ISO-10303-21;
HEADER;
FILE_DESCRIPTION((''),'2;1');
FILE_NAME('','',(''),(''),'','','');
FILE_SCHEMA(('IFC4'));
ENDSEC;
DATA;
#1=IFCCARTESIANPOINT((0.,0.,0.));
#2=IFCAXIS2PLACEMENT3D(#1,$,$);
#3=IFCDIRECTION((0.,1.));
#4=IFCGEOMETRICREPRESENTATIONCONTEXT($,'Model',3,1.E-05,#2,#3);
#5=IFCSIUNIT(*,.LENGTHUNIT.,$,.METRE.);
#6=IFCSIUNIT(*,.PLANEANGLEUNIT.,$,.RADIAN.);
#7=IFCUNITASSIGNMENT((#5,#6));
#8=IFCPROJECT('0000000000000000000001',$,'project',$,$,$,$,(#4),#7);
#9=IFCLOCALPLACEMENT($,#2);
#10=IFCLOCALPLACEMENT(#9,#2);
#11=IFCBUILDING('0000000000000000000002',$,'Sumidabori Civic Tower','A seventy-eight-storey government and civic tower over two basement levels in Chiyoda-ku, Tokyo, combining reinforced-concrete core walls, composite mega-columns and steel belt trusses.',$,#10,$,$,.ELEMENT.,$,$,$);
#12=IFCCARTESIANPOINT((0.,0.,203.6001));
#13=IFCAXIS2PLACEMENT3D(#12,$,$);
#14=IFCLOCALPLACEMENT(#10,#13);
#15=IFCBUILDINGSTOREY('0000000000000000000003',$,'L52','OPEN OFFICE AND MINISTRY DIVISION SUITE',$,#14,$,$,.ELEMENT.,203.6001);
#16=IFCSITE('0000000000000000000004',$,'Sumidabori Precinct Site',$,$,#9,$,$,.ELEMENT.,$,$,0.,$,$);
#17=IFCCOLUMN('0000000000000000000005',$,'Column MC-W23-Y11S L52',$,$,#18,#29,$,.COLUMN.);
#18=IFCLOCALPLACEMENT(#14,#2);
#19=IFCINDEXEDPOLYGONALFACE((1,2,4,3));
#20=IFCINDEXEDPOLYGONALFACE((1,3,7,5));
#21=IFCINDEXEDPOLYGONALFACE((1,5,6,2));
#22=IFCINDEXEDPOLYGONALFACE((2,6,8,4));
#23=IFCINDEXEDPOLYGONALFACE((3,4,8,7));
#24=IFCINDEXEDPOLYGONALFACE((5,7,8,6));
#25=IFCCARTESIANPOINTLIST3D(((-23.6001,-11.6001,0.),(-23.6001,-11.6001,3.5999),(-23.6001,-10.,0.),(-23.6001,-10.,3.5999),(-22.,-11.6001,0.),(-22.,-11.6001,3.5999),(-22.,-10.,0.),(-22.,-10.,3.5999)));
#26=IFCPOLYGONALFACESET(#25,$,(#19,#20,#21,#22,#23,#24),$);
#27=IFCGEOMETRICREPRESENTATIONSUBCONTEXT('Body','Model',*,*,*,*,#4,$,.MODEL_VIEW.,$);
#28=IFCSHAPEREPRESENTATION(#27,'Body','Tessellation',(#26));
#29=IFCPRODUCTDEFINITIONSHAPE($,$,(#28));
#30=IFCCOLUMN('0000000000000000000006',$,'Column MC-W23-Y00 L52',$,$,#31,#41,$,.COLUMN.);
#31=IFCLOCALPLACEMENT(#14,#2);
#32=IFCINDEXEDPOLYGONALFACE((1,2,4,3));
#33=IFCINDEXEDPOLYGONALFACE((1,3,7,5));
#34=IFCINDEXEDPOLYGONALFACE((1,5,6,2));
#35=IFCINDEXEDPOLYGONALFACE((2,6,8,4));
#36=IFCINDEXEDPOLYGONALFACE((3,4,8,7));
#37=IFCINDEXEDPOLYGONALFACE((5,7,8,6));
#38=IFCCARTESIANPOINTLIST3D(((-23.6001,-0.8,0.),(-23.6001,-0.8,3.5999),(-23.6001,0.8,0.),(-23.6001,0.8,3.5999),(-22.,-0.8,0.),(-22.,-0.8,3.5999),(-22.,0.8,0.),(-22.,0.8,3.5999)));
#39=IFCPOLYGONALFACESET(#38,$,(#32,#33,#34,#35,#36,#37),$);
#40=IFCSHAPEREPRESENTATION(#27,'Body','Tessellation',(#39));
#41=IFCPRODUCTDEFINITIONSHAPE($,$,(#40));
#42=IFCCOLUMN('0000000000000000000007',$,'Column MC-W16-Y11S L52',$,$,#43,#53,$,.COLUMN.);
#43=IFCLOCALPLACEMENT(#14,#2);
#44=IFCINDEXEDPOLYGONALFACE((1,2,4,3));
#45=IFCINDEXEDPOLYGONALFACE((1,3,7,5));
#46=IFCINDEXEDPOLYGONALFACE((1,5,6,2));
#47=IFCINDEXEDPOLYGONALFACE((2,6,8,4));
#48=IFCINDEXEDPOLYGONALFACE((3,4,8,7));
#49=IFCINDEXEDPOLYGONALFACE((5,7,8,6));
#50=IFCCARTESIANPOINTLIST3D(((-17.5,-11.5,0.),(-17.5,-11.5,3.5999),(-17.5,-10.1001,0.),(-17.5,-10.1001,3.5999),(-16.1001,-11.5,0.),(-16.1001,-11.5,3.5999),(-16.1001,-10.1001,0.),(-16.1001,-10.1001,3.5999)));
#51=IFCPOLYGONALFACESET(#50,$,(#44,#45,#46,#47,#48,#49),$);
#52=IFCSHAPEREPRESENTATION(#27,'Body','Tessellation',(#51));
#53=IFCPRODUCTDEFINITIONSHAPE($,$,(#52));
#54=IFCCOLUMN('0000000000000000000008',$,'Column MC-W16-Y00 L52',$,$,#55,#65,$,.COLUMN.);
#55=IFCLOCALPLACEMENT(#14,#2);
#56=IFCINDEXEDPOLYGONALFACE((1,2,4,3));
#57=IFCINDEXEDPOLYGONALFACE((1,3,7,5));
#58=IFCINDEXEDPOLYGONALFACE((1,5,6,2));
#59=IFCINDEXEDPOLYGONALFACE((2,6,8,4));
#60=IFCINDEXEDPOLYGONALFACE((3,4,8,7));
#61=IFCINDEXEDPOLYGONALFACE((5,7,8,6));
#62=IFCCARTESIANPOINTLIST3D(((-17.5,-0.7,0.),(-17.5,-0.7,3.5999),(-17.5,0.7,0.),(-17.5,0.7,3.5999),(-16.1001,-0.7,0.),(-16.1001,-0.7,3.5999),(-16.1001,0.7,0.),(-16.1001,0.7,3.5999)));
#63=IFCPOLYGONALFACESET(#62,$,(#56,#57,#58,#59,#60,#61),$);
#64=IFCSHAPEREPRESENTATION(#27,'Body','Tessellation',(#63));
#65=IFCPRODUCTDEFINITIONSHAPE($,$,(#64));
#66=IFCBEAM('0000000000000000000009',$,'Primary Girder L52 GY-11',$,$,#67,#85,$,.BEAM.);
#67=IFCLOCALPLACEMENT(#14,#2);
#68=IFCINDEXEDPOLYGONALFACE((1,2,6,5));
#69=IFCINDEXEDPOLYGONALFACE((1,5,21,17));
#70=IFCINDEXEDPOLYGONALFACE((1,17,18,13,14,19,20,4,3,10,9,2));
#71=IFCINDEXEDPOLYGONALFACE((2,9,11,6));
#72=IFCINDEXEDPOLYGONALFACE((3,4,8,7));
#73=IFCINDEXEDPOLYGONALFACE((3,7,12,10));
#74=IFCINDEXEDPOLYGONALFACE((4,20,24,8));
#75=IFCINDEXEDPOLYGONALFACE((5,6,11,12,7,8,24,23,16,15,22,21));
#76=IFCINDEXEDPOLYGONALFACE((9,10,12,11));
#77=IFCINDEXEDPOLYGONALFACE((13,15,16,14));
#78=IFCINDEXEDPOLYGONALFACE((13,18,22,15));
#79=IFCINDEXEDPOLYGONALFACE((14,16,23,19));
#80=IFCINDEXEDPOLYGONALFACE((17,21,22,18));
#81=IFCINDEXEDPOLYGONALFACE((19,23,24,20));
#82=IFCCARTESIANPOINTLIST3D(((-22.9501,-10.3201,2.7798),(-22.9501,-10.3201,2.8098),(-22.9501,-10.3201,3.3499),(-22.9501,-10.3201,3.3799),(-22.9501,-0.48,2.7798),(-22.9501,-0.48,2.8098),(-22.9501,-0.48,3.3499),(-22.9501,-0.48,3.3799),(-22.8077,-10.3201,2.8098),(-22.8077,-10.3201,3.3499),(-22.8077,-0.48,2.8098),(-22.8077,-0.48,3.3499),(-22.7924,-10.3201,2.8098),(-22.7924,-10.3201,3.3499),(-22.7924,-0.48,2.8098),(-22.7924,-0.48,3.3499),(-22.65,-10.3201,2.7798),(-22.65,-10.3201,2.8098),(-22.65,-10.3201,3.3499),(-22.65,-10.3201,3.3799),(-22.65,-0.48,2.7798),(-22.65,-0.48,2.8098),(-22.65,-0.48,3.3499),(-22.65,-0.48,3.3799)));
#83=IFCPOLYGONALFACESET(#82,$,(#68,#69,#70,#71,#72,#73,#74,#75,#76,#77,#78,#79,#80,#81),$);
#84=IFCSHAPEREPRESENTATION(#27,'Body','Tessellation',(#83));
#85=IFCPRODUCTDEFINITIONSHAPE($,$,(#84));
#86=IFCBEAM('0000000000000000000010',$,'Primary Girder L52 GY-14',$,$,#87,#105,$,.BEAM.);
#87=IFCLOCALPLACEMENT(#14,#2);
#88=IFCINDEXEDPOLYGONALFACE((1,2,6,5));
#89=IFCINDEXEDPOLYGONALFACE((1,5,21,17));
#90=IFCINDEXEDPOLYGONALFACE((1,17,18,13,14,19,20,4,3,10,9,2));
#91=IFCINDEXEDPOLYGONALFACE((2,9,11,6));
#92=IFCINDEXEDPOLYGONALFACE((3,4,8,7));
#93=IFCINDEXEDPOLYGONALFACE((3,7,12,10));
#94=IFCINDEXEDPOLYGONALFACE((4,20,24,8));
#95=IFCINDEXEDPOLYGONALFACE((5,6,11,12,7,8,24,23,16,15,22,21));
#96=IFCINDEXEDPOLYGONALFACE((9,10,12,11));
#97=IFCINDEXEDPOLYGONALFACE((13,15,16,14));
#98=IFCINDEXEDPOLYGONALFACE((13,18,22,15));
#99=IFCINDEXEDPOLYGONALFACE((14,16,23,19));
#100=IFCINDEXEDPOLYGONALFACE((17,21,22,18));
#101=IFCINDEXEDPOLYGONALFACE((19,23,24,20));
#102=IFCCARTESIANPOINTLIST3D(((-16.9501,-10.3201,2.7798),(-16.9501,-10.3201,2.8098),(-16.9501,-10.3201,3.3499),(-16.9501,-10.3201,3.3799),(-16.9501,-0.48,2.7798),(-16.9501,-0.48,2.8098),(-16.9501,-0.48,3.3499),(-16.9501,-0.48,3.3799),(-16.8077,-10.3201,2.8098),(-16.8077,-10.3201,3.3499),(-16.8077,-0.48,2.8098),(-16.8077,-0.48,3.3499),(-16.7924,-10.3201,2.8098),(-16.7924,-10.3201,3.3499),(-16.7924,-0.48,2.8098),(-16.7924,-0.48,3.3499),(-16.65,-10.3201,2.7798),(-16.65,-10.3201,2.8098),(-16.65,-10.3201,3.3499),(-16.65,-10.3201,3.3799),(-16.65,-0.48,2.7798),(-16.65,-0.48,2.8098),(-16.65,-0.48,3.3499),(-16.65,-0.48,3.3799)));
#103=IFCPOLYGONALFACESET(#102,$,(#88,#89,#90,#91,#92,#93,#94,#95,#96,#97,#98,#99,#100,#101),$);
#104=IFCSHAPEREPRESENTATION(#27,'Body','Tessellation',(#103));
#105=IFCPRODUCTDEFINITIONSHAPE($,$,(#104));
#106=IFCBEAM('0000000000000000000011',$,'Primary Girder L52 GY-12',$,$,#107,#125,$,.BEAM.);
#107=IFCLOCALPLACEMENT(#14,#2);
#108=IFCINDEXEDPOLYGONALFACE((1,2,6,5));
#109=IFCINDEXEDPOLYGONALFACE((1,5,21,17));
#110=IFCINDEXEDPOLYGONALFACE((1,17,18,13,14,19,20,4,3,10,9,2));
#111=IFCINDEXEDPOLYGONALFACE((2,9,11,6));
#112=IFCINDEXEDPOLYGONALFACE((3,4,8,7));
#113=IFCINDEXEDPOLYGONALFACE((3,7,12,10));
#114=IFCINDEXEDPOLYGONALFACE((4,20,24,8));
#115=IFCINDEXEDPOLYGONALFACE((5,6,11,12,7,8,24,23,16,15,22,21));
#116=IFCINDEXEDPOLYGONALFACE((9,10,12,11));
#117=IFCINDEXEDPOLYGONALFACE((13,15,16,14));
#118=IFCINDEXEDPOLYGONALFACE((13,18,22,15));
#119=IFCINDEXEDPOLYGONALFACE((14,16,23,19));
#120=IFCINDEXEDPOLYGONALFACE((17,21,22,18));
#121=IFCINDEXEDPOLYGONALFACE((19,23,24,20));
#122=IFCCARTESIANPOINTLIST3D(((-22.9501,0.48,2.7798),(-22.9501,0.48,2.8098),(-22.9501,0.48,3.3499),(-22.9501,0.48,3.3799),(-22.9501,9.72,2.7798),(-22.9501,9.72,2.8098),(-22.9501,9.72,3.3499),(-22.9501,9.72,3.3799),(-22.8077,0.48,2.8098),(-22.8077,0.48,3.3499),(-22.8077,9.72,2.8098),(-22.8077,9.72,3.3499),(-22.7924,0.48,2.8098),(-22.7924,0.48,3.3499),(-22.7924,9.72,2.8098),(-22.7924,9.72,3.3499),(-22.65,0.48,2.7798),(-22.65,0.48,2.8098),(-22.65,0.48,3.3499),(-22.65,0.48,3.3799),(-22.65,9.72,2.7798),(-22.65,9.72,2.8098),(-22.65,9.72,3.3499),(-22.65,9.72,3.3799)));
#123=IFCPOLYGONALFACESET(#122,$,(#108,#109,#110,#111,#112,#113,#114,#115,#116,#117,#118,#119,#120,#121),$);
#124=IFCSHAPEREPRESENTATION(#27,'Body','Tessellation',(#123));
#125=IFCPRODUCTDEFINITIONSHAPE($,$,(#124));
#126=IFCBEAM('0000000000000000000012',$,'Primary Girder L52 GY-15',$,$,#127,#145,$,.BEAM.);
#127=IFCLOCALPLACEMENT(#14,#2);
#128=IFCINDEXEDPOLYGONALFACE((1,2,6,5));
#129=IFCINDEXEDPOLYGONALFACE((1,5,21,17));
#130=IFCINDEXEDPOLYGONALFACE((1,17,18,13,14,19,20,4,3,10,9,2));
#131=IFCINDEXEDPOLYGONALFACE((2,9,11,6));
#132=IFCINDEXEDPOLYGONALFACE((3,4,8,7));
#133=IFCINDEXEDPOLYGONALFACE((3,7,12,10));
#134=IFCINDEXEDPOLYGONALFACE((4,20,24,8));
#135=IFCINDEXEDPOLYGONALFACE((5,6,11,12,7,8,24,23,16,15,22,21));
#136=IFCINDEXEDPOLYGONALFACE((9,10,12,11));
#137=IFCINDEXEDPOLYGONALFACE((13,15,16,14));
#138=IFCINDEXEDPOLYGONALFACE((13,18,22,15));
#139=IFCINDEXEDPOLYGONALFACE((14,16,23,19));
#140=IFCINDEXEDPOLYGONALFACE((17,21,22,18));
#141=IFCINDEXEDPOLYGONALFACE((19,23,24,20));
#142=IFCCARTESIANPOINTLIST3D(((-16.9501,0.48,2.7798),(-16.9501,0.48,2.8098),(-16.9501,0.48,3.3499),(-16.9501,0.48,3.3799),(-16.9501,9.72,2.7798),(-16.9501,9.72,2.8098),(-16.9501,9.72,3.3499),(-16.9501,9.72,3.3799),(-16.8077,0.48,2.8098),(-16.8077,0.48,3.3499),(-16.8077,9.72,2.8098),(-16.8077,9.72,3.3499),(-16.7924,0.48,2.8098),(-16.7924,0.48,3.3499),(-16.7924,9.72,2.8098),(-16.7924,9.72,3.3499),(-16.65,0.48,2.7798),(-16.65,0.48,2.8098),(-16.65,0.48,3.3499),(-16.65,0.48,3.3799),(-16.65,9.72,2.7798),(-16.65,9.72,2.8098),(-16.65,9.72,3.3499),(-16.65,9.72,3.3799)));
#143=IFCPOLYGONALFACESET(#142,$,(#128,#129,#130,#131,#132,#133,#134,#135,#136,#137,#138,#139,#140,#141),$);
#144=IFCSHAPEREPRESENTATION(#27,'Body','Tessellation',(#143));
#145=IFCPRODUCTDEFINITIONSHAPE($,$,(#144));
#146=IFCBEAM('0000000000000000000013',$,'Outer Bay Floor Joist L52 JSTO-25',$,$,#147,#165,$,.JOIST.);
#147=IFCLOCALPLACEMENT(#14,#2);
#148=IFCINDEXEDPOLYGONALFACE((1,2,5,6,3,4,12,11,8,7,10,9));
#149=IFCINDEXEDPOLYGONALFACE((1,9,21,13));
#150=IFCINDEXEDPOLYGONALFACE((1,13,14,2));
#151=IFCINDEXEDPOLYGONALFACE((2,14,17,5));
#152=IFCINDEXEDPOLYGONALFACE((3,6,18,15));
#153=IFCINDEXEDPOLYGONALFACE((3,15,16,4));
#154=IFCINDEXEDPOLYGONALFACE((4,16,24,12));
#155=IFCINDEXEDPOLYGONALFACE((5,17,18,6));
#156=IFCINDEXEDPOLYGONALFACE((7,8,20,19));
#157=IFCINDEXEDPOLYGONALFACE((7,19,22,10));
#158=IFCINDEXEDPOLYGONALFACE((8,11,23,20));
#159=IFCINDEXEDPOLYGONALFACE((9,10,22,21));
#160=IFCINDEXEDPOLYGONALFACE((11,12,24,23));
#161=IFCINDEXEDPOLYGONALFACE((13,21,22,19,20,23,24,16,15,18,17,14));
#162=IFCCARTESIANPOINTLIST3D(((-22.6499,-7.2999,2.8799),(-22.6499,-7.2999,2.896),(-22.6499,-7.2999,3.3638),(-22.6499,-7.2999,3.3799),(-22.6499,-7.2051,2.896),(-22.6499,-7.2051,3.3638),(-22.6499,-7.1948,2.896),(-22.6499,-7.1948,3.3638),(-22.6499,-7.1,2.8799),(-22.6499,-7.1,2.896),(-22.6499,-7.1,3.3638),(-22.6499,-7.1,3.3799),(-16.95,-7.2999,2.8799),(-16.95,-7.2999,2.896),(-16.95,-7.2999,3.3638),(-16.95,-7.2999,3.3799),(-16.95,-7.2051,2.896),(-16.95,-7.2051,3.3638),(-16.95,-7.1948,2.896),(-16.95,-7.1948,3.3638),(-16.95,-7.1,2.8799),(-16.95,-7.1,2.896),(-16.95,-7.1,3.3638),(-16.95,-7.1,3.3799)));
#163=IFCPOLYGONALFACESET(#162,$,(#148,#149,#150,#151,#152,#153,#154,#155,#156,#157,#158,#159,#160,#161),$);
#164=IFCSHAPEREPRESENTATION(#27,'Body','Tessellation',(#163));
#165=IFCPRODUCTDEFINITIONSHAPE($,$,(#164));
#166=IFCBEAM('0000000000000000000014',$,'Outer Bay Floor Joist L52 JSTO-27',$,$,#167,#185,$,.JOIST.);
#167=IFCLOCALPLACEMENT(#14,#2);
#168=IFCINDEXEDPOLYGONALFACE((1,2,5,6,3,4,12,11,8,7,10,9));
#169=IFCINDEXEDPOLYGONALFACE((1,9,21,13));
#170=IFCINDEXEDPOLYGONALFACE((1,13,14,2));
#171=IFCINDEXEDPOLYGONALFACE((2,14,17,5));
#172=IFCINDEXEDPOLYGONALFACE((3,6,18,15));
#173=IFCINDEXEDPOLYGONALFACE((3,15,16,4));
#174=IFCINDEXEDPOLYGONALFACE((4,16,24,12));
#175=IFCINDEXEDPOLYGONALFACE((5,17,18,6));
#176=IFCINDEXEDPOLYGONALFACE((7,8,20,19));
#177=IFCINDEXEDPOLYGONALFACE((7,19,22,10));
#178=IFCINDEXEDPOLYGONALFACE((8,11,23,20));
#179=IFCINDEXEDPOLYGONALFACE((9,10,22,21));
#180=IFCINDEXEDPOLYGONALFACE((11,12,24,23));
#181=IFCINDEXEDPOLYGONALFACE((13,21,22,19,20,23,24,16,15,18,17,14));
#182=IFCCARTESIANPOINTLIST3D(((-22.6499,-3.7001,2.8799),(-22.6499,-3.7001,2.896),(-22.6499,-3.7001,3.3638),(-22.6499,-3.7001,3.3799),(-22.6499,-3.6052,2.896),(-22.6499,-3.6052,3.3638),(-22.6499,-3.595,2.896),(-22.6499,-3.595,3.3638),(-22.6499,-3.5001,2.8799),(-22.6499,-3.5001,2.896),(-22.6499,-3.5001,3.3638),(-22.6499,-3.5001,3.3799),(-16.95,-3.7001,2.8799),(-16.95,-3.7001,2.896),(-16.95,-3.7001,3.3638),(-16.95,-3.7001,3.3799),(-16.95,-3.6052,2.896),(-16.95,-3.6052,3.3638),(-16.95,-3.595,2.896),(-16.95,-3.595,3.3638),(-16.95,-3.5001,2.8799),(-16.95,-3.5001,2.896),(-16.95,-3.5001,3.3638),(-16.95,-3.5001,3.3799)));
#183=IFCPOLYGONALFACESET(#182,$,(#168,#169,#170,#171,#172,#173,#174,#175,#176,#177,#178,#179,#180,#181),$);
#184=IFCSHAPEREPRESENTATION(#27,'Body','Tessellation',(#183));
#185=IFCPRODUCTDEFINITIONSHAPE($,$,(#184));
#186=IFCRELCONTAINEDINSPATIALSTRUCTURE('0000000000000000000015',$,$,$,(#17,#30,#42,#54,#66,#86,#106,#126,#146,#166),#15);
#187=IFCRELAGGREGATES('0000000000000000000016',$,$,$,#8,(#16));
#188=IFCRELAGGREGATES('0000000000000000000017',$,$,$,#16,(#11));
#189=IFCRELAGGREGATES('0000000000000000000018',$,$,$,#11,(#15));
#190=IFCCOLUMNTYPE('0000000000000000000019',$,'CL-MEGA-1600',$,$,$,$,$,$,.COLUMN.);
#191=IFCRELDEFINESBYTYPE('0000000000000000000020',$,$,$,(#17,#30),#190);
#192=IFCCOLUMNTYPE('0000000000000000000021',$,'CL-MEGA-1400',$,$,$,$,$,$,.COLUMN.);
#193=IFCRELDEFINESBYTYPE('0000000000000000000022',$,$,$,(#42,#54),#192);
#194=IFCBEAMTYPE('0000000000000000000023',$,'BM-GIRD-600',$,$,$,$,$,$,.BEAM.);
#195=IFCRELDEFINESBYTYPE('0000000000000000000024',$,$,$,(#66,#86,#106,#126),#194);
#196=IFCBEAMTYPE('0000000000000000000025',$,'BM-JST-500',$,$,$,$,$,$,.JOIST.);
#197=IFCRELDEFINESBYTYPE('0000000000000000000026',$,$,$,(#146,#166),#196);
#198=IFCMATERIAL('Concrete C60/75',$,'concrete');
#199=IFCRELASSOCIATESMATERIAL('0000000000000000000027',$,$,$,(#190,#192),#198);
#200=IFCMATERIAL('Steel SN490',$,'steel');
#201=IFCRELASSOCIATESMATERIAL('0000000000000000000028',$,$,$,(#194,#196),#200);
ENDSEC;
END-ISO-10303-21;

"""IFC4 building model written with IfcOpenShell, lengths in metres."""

from ifc_helpers import new_model, si_unit, direction, frame, origin, origin_2d, place, context, subcontext, project, spatial, rectangle, i_section, extrude, source, transform, mapped, material, material_profile, profile_set, type_object, element, save


model = new_model("IFC4")

# Units and contexts
model_context = context("Model", 3, precision=1e-05, world=origin(), true_north=direction((0.0, 1.0)))
body_context = subcontext(model_context, "Body", "Model", "MODEL_VIEW")
ifc_project = project(units=[si_unit("LENGTHUNIT", "METRE"), si_unit("PLANEANGLEUNIT", "RADIAN")], contexts=[model_context])

# Site, building, storey
site_placement = place(None, origin())
site = spatial("IfcSite", under=ifc_project, at=site_placement, Name="Sumidabori Precinct Site", CompositionType="ELEMENT", RefElevation=0.0)
building_placement = place(site_placement, origin())
building = spatial("IfcBuilding", under=site, at=building_placement, Name="Sumidabori Civic Tower", Description="A seventy-eight-storey government and civic tower over two basement levels in Chiyoda-ku, Tokyo, combining reinforced-concrete core walls, composite mega-columns and steel belt trusses.", CompositionType="ELEMENT")
storey_placement = place(building_placement, frame((0.0, 0.0, 203.6001)))
storey = spatial("IfcBuildingStorey", under=building, at=storey_placement, Name="L52", Description="OPEN OFFICE AND MINISTRY DIVISION SUITE", CompositionType="ELEMENT", Elevation=203.6001)

# Columns
ifc_material_1 = material(Name="Concrete C60/75", Category="concrete")
ifc_material_profile_1 = material_profile(ifc_material_1, rectangle(XDim=1.6001, YDim=1.6001, at=origin_2d()), Name="RC 1600x1600")
ifc_profile_set_1 = profile_set([ifc_material_profile_1], Name="Concrete C60/75")
column_type_1 = type_object("IfcColumnType", Name="CL-MEGA-1600", PredefinedType="COLUMN", material=ifc_profile_set_1)
shared_shape_1 = source(origin(), body_context, "Body", "SweptSolid", [
    extrude(rectangle(XDim=1.6001, YDim=1.6001, at=origin_2d()), origin(), (0.0, 0.0, 1.0), 3.5999),
])
for number, where, z_axis, x_axis, name in (
    (1, (-22.8, -10.8, 0.0), (0.0, 0.0, 1.0), (1.0, 0.0, 0.0), "Column MC-W23-Y11S L52"),
    (2, (-22.8, 0.0, 0.0), (0.0, 0.0, 1.0), (1.0, 0.0, 0.0), "Column MC-W23-Y00 L52"),
):
    element("IfcColumn", number, at=place(storey_placement, frame(where, z_axis=z_axis, x_axis=x_axis)), inside=storey, type_object=column_type_1, Name=name, PredefinedType="COLUMN", context=body_context, shape_type="MappedRepresentation", body=[
        mapped(shared_shape_1, transform((0.0, 0.0, 0.0), x_axis=(1.0, 0.0, 0.0), y_axis=(0.0, 1.0, 0.0), z_axis=(0.0, 0.0, 1.0), scale=1.0)),
    ])
ifc_material_profile_2 = material_profile(ifc_material_1, rectangle(XDim=1.3999, YDim=1.3999, at=origin_2d()), Name="RC 1400x1400")
ifc_profile_set_2 = profile_set([ifc_material_profile_2], Name="Concrete C60/75")
column_type_2 = type_object("IfcColumnType", Name="CL-MEGA-1400", PredefinedType="COLUMN", material=ifc_profile_set_2)
shared_shape_2 = source(origin(), body_context, "Body", "SweptSolid", [
    extrude(rectangle(XDim=1.3999, YDim=1.3999, at=origin_2d()), origin(), (0.0, 0.0, 1.0), 3.5999),
])
for number, where, z_axis, x_axis, name in (
    (3, (-16.8, -10.8, 0.0), (0.0, 0.0, 1.0), (1.0, 0.0, 0.0), "Column MC-W16-Y11S L52"),
    (4, (-16.8, 0.0, 0.0), (0.0, 0.0, 1.0), (1.0, 0.0, 0.0), "Column MC-W16-Y00 L52"),
):
    element("IfcColumn", number, at=place(storey_placement, frame(where, z_axis=z_axis, x_axis=x_axis)), inside=storey, type_object=column_type_2, Name=name, PredefinedType="COLUMN", context=body_context, shape_type="MappedRepresentation", body=[
        mapped(shared_shape_2, transform((0.0, 0.0, 0.0), x_axis=(1.0, 0.0, 0.0), y_axis=(0.0, 1.0, 0.0), z_axis=(0.0, 0.0, 1.0), scale=1.0)),
    ])

# Beams
ifc_material_2 = material(Name="Steel SN490", Category="steel")
ifc_material_profile_3 = material_profile(ifc_material_2, i_section(OverallWidth=0.3, OverallDepth=0.6001, WebThickness=0.0154, FlangeThickness=0.03, at=origin_2d()), Name="HE 600 B")
ifc_profile_set_3 = profile_set([ifc_material_profile_3], Name="Steel SN490")
beam_type_1 = type_object("IfcBeamType", Name="BM-GIRD-600", PredefinedType="BEAM", material=ifc_profile_set_3)
shared_shape_3 = source(origin(), body_context, "Body", "SweptSolid", [
    extrude(i_section(OverallWidth=0.3, OverallDepth=0.6001, WebThickness=0.0154, FlangeThickness=0.03, at=origin_2d()), origin(), (0.0, 0.0, 1.0), 9.8401),
])
for number, where, z_axis, x_axis, name in (
    (5, (-22.8, -10.3201, 3.0798), (0.0, 1.0, 0.0), (-1.0, 0.0, 0.0), "Primary Girder L52 GY-11"),
    (6, (-16.8, -10.3201, 3.0798), (0.0, 1.0, 0.0), (-1.0, 0.0, 0.0), "Primary Girder L52 GY-14"),
):
    element("IfcBeam", number, at=place(storey_placement, frame(where, z_axis=z_axis, x_axis=x_axis)), inside=storey, type_object=beam_type_1, Name=name, PredefinedType="BEAM", context=body_context, shape_type="MappedRepresentation", body=[
        mapped(shared_shape_3, transform((0.0, 0.0, 0.0), x_axis=(1.0, 0.0, 0.0), y_axis=(0.0, 1.0, 0.0), z_axis=(0.0, 0.0, 1.0), scale=1.0)),
    ])
shared_shape_4 = source(origin(), body_context, "Body", "SweptSolid", [
    extrude(i_section(OverallWidth=0.3, OverallDepth=0.6001, WebThickness=0.0154, FlangeThickness=0.03, at=origin_2d()), origin(), (0.0, 0.0, 1.0), 9.24),
])
for number, where, z_axis, x_axis, name in (
    (7, (-22.8, 0.48, 3.0798), (0.0, 1.0, 0.0), (-1.0, 0.0, 0.0), "Primary Girder L52 GY-12"),
    (8, (-16.8, 0.48, 3.0798), (0.0, 1.0, 0.0), (-1.0, 0.0, 0.0), "Primary Girder L52 GY-15"),
):
    element("IfcBeam", number, at=place(storey_placement, frame(where, z_axis=z_axis, x_axis=x_axis)), inside=storey, type_object=beam_type_1, Name=name, PredefinedType="BEAM", context=body_context, shape_type="MappedRepresentation", body=[
        mapped(shared_shape_4, transform((0.0, 0.0, 0.0), x_axis=(1.0, 0.0, 0.0), y_axis=(0.0, 1.0, 0.0), z_axis=(0.0, 0.0, 1.0), scale=1.0)),
    ])
ifc_material_profile_4 = material_profile(ifc_material_2, i_section(OverallWidth=0.2, OverallDepth=0.5, WebThickness=0.0103, FlangeThickness=0.0161, at=origin_2d()), Name="IPE 500")
ifc_profile_set_4 = profile_set([ifc_material_profile_4], Name="Steel SN490")
beam_type_2 = type_object("IfcBeamType", Name="BM-JST-500", PredefinedType="JOIST", material=ifc_profile_set_4)
shared_shape_5 = source(origin(), body_context, "Body", "SweptSolid", [
    extrude(i_section(OverallWidth=0.2, OverallDepth=0.5, WebThickness=0.0103, FlangeThickness=0.0161, at=origin_2d()), origin(), (0.0, 0.0, 1.0), 5.7),
])
for number, where, z_axis, x_axis, name in (
    (9, (-22.6499, -7.2, 3.1299), (1.0, 0.0, 0.0), (0.0, 1.0, 0.0), "Outer Bay Floor Joist L52 JSTO-25"),
    (10, (-22.6499, -3.6001, 3.1299), (1.0, 0.0, 0.0), (0.0, 1.0, 0.0), "Outer Bay Floor Joist L52 JSTO-27"),
):
    element("IfcBeam", number, at=place(storey_placement, frame(where, z_axis=z_axis, x_axis=x_axis)), inside=storey, type_object=beam_type_2, Name=name, PredefinedType="JOIST", context=body_context, shape_type="MappedRepresentation", body=[
        mapped(shared_shape_5, transform((0.0, 0.0, 0.0), x_axis=(1.0, 0.0, 0.0), y_axis=(0.0, 1.0, 0.0), z_axis=(0.0, 0.0, 1.0), scale=1.0)),
    ])

save(model, "model.ifc")
